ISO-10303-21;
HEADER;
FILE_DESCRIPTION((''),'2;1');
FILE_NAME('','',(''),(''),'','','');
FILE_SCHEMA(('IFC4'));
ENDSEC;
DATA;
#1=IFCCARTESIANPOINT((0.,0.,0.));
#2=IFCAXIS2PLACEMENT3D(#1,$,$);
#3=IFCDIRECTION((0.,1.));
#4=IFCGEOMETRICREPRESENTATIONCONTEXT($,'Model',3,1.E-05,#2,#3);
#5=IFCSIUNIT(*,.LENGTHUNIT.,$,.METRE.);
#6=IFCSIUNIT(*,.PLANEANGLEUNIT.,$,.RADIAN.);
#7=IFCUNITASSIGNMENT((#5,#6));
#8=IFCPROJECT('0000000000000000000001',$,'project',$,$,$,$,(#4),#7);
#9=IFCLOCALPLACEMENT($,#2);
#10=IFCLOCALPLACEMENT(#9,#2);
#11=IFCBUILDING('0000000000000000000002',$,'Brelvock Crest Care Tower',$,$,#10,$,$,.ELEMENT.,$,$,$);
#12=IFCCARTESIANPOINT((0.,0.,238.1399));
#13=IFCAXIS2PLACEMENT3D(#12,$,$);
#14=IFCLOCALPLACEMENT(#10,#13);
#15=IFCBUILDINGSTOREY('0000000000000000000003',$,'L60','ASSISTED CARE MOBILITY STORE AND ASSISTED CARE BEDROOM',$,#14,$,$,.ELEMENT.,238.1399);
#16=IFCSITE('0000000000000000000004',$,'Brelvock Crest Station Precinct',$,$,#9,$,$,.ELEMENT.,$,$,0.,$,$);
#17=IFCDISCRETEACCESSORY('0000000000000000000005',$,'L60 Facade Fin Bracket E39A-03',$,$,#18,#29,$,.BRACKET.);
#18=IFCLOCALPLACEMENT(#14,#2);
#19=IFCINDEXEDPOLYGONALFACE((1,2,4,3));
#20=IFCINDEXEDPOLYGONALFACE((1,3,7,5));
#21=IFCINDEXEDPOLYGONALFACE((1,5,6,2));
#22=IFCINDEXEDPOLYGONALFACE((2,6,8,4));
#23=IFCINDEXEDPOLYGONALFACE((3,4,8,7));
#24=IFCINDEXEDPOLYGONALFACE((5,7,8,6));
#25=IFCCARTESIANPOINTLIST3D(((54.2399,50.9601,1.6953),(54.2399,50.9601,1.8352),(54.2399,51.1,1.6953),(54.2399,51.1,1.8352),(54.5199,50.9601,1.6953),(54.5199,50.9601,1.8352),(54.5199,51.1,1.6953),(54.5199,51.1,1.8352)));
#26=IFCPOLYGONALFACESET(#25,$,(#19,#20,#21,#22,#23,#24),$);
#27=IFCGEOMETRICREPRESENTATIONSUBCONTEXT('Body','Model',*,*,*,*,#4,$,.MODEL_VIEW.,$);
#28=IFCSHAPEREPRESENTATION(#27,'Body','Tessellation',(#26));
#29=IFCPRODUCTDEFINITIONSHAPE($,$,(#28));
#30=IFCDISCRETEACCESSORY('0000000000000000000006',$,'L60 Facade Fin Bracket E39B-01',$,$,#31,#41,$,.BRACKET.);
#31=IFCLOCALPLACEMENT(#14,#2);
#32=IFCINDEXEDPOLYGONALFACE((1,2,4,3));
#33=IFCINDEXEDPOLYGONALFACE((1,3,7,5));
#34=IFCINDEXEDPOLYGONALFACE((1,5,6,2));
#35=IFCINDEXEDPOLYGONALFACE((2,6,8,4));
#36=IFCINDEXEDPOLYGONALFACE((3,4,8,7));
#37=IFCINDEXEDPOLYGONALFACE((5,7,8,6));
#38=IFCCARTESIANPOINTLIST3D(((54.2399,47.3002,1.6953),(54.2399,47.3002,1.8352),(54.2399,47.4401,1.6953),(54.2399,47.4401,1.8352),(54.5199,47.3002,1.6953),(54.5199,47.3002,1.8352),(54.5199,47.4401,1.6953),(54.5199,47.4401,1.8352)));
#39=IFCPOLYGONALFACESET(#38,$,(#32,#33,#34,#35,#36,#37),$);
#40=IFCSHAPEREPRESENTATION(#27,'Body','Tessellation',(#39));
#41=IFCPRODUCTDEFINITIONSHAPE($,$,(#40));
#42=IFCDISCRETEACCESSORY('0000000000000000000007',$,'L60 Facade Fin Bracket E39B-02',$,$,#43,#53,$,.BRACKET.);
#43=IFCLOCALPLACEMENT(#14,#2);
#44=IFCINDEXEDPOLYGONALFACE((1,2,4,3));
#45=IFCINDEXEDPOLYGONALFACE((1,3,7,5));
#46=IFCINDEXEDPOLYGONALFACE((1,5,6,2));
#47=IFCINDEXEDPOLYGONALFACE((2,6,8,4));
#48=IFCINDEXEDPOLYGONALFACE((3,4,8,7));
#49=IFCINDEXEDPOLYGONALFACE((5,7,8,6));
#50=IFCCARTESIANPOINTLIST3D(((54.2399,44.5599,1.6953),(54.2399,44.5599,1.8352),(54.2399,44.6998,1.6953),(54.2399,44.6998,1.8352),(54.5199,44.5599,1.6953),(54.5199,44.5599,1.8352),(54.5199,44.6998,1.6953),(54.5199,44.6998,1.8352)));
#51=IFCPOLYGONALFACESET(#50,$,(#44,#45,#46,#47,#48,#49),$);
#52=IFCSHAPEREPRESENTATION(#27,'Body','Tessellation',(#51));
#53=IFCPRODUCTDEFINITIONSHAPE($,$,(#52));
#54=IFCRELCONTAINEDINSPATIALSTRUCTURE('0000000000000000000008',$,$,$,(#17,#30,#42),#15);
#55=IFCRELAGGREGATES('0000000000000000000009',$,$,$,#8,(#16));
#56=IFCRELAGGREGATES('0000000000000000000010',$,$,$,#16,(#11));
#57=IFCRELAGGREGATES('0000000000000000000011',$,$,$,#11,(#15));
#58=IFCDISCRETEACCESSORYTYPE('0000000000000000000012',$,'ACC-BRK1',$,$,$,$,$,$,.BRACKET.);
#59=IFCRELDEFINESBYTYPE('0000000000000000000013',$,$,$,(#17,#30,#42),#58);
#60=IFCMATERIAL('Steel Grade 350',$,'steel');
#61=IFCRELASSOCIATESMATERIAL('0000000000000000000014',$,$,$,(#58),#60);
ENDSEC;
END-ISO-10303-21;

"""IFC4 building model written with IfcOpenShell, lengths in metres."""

from ifc_helpers import new_model, si_unit, direction, frame, origin, origin_2d, place, context, subcontext, project, spatial, rectangle, extrude, source, transform, mapped, material, type_object, element, save


model = new_model("IFC4")

# Units and contexts
model_context = context("Model", 3, precision=1e-05, world=origin(), true_north=direction((0.0, 1.0)))
body_context = subcontext(model_context, "Body", "Model", "MODEL_VIEW")
ifc_project = project(units=[si_unit("LENGTHUNIT", "METRE"), si_unit("PLANEANGLEUNIT", "RADIAN")], contexts=[model_context])

# Site, building, storey
site_placement = place(None, origin())
site = spatial("IfcSite", under=ifc_project, at=site_placement, Name="Brelvock Crest Station Precinct", CompositionType="ELEMENT", RefElevation=0.0)
building_placement = place(site_placement, origin())
building = spatial("IfcBuilding", under=site, at=building_placement, Name="Brelvock Crest Care Tower", CompositionType="ELEMENT")
storey_placement = place(building_placement, frame((0.0, 0.0, 238.1399)))
storey = spatial("IfcBuildingStorey", under=building, at=storey_placement, Name="L60", Description="ASSISTED CARE MOBILITY STORE AND ASSISTED CARE BEDROOM", CompositionType="ELEMENT", Elevation=238.1399)

# Discrete accessories
ifc_material_1 = material(Name="Steel Grade 350", Category="steel")
discrete_accessory_type = type_object("IfcDiscreteAccessoryType", Name="ACC-BRK1", PredefinedType="BRACKET", material=ifc_material_1)
shared_shape_1 = source(origin(), body_context, "Body", "SweptSolid", [
    extrude(rectangle(XDim=0.28, YDim=0.1399, at=origin_2d()), origin(), (0.0, 0.0, 1.0), 0.1399),
])
for number, where, z_axis, x_axis, name in (
    (1, (54.3799, 51.03, 1.6953), (0.0, 0.0, 1.0), (1.0, 0.0, 0.0), "L60 Facade Fin Bracket E39A-03"),
    (2, (54.3799, 47.3701, 1.6953), (0.0, 0.0, 1.0), (1.0, 0.0, 0.0), "L60 Facade Fin Bracket E39B-01"),
    (3, (54.3799, 44.6299, 1.6953), (0.0, 0.0, 1.0), (1.0, 0.0, 0.0), "L60 Facade Fin Bracket E39B-02"),
):
    element("IfcDiscreteAccessory", number, at=place(storey_placement, frame(where, z_axis=z_axis, x_axis=x_axis)), inside=storey, type_object=discrete_accessory_type, Name=name, PredefinedType="BRACKET", context=body_context, shape_type="MappedRepresentation", body=[
        mapped(shared_shape_1, transform((0.0, 0.0, 0.0), x_axis=(1.0, 0.0, 0.0), y_axis=(0.0, 1.0, 0.0), z_axis=(0.0, 0.0, 1.0), scale=1.0)),
    ])

save(model, "model.ifc")
